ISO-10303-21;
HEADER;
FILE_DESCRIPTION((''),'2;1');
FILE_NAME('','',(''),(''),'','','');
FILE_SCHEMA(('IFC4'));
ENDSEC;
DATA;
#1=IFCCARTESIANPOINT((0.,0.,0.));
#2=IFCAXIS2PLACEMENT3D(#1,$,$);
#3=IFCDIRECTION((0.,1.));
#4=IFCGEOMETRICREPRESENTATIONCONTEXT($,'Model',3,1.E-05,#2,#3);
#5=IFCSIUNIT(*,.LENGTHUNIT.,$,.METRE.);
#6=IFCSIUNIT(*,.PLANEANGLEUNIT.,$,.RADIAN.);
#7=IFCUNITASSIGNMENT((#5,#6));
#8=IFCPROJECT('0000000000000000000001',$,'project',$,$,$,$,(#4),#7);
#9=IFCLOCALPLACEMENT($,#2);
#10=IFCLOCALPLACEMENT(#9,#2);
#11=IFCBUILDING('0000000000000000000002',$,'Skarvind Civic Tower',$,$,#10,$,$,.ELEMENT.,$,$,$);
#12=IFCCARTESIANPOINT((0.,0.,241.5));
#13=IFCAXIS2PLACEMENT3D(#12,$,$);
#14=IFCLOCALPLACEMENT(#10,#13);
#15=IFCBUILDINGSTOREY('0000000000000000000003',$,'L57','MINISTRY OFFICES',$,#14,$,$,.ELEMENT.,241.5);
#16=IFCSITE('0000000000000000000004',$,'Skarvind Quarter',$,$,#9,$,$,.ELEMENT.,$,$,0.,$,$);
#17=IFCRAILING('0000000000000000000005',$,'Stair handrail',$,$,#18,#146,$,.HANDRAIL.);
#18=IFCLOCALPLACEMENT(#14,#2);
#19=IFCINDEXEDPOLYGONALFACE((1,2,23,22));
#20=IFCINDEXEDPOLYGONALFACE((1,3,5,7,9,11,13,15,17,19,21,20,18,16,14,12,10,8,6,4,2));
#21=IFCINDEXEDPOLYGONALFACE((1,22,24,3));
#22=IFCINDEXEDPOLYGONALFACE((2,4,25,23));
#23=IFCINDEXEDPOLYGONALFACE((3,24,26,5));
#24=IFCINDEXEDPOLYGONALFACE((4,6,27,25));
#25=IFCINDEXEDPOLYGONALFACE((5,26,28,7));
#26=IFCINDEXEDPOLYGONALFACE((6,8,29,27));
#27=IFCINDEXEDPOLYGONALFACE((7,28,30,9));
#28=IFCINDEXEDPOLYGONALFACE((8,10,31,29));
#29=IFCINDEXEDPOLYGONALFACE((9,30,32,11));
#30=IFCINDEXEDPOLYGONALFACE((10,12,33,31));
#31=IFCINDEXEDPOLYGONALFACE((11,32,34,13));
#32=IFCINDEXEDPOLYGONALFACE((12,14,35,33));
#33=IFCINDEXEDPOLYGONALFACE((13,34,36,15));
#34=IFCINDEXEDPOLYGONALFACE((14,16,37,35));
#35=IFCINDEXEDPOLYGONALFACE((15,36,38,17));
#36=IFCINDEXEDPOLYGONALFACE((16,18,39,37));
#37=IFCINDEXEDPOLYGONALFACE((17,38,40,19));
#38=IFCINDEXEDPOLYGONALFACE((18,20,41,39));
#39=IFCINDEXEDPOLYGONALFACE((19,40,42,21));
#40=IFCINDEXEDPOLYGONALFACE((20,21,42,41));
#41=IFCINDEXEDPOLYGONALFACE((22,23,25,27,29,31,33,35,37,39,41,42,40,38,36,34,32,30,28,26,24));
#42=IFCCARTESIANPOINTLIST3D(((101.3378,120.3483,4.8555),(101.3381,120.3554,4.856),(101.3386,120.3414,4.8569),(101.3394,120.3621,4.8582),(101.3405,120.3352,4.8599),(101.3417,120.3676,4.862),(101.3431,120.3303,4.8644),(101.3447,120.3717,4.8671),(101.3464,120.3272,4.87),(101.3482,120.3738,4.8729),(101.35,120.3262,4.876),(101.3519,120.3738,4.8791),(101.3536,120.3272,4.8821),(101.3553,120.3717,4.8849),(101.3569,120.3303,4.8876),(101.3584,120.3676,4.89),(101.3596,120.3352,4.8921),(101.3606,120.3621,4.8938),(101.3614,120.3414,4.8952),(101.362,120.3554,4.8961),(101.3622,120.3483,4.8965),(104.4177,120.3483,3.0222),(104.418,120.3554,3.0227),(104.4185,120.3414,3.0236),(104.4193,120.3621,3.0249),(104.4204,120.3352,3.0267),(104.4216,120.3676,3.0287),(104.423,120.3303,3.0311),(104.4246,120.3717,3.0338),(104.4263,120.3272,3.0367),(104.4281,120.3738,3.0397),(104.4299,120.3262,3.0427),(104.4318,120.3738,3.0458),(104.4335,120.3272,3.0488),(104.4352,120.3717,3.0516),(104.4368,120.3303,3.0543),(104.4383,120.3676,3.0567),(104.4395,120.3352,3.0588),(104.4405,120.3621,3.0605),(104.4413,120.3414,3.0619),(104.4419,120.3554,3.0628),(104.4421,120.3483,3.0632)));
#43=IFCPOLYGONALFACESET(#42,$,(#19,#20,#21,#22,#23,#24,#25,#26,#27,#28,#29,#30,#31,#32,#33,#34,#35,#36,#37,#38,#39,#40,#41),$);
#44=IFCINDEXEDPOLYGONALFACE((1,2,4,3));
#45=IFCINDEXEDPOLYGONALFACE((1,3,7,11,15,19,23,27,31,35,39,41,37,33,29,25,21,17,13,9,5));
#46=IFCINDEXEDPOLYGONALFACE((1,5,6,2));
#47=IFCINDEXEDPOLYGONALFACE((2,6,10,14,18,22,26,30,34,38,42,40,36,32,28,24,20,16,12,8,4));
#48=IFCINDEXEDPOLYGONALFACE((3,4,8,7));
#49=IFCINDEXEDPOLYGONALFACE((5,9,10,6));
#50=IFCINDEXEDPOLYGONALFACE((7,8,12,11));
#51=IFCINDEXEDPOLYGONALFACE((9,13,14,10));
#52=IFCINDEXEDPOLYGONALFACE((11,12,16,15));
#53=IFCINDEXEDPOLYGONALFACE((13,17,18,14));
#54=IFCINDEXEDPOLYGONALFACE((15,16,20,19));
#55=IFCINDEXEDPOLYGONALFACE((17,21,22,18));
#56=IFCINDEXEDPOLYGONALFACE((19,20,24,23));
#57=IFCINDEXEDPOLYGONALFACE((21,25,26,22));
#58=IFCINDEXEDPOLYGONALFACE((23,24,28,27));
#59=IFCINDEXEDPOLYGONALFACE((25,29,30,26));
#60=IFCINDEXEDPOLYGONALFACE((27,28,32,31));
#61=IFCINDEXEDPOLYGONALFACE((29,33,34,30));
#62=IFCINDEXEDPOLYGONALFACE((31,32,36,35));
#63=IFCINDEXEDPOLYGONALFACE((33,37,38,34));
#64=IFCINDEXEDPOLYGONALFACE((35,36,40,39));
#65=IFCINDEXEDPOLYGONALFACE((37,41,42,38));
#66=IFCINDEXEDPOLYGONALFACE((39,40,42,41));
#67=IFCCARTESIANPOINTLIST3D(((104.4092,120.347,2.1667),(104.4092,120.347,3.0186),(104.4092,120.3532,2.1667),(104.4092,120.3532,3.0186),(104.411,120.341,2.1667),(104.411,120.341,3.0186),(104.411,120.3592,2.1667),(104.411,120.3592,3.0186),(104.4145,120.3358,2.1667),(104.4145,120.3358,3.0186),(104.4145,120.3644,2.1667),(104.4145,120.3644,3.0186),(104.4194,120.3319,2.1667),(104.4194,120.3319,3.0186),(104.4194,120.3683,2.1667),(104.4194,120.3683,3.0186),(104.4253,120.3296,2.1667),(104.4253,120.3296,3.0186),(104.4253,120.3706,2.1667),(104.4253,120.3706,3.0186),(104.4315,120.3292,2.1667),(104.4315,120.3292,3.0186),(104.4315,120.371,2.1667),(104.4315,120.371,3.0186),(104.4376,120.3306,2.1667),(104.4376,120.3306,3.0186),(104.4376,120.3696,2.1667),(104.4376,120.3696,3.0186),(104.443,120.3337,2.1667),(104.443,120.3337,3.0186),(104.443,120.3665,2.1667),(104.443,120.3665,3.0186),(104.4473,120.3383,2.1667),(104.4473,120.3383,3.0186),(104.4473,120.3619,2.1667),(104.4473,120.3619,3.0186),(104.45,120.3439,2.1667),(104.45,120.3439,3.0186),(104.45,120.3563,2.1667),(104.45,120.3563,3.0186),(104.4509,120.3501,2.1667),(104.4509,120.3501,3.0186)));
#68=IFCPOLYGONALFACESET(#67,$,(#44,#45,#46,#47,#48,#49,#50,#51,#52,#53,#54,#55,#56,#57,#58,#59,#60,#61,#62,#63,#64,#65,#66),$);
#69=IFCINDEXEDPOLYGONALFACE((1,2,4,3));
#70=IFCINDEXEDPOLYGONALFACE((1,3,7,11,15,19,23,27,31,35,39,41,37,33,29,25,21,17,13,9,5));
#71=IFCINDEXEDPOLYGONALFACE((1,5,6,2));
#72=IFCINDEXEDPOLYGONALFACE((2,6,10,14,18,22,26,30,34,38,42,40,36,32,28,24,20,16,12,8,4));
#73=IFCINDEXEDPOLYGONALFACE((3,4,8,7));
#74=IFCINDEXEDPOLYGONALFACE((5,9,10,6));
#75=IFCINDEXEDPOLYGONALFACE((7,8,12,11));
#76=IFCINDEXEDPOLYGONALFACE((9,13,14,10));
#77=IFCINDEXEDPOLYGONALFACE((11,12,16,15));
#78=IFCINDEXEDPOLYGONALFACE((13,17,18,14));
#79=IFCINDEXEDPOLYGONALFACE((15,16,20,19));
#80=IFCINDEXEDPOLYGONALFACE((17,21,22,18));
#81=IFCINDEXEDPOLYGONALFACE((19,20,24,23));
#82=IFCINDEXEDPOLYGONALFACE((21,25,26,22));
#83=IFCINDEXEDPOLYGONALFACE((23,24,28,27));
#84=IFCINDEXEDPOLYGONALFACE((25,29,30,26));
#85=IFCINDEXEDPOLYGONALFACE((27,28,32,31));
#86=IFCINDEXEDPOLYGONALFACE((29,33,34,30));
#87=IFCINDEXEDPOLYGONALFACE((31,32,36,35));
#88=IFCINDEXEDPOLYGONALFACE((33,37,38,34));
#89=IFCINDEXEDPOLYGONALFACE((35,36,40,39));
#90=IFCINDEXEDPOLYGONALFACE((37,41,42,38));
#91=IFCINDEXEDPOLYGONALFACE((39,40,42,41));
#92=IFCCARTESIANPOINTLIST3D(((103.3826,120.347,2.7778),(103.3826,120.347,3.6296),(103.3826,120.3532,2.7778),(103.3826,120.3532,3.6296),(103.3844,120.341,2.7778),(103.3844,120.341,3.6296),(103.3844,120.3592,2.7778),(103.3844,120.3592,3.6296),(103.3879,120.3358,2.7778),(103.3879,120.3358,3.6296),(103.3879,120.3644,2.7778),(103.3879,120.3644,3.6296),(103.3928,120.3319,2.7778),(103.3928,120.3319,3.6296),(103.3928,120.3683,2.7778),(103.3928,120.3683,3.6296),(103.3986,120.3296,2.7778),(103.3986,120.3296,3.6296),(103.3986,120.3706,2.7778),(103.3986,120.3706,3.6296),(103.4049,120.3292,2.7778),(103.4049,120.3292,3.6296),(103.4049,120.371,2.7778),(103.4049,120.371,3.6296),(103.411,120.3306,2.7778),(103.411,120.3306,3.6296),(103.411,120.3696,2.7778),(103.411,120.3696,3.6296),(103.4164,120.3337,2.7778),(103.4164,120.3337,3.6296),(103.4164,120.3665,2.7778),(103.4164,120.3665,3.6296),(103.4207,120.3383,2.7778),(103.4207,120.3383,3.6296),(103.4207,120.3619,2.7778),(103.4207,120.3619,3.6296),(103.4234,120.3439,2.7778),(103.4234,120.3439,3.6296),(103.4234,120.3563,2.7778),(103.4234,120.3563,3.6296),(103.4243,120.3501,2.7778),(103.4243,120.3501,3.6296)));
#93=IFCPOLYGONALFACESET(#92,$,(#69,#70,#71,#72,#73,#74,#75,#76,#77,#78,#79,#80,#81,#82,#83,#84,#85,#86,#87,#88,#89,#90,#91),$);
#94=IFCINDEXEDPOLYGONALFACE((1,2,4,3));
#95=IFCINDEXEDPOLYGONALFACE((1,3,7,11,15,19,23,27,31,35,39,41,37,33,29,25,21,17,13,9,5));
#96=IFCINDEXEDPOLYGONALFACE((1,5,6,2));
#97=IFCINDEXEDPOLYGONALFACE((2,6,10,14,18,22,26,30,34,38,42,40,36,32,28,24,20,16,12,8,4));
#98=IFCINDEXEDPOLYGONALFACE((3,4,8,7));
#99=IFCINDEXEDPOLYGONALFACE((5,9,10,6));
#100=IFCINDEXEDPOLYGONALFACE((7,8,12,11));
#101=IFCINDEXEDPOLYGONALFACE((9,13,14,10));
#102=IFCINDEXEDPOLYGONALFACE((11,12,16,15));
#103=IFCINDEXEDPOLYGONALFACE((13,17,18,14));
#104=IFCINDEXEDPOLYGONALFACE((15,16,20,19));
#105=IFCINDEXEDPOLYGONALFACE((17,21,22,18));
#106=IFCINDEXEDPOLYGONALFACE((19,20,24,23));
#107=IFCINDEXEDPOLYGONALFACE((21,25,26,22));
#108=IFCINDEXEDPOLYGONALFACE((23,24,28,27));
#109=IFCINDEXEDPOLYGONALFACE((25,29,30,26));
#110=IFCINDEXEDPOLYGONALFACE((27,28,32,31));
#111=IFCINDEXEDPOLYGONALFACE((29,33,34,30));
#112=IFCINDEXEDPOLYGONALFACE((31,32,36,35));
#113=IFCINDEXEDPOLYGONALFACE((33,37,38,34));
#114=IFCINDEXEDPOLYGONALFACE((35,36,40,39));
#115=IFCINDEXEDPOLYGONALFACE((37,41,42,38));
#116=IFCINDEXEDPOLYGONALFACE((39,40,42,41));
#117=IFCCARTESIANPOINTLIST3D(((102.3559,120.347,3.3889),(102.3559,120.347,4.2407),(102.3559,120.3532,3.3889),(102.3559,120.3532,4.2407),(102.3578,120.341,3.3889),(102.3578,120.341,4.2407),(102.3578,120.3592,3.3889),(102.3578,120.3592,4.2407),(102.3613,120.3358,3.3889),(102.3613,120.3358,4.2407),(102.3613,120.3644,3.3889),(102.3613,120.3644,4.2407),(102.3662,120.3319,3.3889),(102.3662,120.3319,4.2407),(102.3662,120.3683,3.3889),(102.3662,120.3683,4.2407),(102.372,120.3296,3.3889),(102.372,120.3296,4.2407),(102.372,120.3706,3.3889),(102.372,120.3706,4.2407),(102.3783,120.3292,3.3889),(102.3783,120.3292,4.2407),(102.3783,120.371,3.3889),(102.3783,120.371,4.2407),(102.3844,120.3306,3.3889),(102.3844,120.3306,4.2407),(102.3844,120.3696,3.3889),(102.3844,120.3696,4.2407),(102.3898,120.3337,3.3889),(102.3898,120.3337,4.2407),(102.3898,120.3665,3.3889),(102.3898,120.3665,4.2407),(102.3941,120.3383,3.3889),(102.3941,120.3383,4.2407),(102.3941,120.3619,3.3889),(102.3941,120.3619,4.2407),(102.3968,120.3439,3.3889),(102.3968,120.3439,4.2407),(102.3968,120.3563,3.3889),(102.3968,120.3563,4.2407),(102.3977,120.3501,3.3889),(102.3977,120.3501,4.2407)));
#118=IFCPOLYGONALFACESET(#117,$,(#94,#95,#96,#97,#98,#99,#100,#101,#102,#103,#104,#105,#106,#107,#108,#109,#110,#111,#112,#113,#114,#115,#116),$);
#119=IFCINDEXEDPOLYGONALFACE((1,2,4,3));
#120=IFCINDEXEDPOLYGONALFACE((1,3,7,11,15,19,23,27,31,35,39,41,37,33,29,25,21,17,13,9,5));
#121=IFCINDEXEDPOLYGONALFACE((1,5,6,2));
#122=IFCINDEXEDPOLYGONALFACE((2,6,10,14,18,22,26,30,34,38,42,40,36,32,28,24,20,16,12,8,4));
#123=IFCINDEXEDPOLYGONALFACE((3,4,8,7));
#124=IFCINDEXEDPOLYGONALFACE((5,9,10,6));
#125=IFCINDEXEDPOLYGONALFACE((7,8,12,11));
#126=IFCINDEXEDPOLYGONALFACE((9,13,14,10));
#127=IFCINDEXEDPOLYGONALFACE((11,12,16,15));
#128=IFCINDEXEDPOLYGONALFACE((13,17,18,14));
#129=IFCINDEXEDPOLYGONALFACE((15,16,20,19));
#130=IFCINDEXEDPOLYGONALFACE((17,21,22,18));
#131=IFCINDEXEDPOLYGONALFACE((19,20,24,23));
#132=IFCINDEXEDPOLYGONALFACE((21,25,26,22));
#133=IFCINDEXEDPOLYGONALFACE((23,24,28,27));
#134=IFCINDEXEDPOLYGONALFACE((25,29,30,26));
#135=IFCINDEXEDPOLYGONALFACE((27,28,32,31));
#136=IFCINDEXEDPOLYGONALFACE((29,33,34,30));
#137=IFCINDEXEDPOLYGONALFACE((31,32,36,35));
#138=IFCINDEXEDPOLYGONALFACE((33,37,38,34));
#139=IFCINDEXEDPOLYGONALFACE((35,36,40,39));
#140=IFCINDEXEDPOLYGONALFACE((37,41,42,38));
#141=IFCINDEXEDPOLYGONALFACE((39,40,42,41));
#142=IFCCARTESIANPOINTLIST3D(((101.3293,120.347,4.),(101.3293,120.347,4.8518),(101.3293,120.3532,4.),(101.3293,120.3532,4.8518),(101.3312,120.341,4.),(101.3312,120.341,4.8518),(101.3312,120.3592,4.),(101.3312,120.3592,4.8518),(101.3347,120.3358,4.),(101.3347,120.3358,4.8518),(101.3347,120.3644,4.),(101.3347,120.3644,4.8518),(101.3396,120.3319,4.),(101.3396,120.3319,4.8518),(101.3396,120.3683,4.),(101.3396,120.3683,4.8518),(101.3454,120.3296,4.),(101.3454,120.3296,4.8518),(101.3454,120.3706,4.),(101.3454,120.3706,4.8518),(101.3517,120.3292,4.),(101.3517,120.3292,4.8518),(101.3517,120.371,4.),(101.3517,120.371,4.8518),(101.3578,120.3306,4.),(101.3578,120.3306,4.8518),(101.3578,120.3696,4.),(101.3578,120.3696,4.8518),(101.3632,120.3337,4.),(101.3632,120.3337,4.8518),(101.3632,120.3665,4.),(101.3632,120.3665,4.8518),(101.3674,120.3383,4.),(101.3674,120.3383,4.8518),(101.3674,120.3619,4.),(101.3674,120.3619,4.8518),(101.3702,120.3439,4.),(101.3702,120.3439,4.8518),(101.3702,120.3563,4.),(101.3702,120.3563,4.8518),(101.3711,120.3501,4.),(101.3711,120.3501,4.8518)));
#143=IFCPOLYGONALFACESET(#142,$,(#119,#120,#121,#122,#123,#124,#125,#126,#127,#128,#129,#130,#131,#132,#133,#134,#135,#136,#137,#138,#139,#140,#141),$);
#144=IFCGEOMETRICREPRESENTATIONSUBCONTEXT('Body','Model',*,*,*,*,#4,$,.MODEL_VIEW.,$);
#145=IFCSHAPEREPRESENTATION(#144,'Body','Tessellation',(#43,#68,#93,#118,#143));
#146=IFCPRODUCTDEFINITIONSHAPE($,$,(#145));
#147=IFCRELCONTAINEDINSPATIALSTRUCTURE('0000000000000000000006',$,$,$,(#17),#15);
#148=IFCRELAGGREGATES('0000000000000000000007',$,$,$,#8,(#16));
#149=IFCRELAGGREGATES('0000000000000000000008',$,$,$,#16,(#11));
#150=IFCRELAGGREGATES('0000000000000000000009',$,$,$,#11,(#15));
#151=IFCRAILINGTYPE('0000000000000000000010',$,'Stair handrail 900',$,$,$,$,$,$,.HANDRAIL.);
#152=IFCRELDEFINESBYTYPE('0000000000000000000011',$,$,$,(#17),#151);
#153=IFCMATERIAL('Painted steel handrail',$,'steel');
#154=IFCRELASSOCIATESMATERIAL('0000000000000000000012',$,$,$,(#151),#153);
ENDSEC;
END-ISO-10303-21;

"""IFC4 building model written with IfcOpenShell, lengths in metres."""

from ifc_helpers import new_model, si_unit, direction, frame, origin, origin_2d, place, context, subcontext, project, spatial, circle, extrude, material, type_object, element, save


model = new_model("IFC4")

# Units and contexts
model_context = context("Model", 3, precision=1e-05, world=origin(), true_north=direction((0.0, 1.0)))
body_context = subcontext(model_context, "Body", "Model", "MODEL_VIEW")
ifc_project = project(units=[si_unit("LENGTHUNIT", "METRE"), si_unit("PLANEANGLEUNIT", "RADIAN")], contexts=[model_context])

# Site, building, storey
site_placement = place(None, origin())
site = spatial("IfcSite", under=ifc_project, at=site_placement, Name="Skarvind Quarter", CompositionType="ELEMENT", RefElevation=0.0)
building_placement = place(site_placement, origin())
building = spatial("IfcBuilding", under=site, at=building_placement, Name="Skarvind Civic Tower", CompositionType="ELEMENT")
storey_placement = place(building_placement, frame((0.0, 0.0, 241.5)))
storey = spatial("IfcBuildingStorey", under=building, at=storey_placement, Name="L57", Description="MINISTRY OFFICES", CompositionType="ELEMENT", Elevation=241.5)

# Railing
ifc_material_1 = material(Name="Painted steel handrail", Category="steel")
railing_type = type_object("IfcRailingType", Name="Stair handrail 900", PredefinedType="HANDRAIL", material=ifc_material_1)
railing_placement = place(storey_placement, frame((104.4299, 120.3501, 2.1667)))
element("IfcRailing", 1, at=railing_placement, inside=storey, type_object=railing_type, Name="Stair handrail", PredefinedType="HANDRAIL", context=body_context, shape_type="SweptSolid", body=[
    extrude(circle(Radius=0.0239, at=origin_2d()), frame((0.0, 0.0, 0.876), z_axis=(-0.859291, 0.0, 0.511487), x_axis=(0.0, -1.0, 0.0)), (0.0, 0.0, 1.0), 3.5842),
    extrude(circle(Radius=0.021, at=origin_2d()), origin(), (0.0, 0.0, 1.0), 0.8518),
    extrude(circle(Radius=0.021, at=origin_2d()), frame((-1.0266, 0.0, 0.6111)), (0.0, 0.0, 1.0), 0.8518),
    extrude(circle(Radius=0.021, at=origin_2d()), frame((-2.0532, 0.0, 1.2222)), (0.0, 0.0, 1.0), 0.8518),
    extrude(circle(Radius=0.021, at=origin_2d()), frame((-3.0798, 0.0, 1.8333)), (0.0, 0.0, 1.0), 0.8518),
])

save(model, "model.ifc")
